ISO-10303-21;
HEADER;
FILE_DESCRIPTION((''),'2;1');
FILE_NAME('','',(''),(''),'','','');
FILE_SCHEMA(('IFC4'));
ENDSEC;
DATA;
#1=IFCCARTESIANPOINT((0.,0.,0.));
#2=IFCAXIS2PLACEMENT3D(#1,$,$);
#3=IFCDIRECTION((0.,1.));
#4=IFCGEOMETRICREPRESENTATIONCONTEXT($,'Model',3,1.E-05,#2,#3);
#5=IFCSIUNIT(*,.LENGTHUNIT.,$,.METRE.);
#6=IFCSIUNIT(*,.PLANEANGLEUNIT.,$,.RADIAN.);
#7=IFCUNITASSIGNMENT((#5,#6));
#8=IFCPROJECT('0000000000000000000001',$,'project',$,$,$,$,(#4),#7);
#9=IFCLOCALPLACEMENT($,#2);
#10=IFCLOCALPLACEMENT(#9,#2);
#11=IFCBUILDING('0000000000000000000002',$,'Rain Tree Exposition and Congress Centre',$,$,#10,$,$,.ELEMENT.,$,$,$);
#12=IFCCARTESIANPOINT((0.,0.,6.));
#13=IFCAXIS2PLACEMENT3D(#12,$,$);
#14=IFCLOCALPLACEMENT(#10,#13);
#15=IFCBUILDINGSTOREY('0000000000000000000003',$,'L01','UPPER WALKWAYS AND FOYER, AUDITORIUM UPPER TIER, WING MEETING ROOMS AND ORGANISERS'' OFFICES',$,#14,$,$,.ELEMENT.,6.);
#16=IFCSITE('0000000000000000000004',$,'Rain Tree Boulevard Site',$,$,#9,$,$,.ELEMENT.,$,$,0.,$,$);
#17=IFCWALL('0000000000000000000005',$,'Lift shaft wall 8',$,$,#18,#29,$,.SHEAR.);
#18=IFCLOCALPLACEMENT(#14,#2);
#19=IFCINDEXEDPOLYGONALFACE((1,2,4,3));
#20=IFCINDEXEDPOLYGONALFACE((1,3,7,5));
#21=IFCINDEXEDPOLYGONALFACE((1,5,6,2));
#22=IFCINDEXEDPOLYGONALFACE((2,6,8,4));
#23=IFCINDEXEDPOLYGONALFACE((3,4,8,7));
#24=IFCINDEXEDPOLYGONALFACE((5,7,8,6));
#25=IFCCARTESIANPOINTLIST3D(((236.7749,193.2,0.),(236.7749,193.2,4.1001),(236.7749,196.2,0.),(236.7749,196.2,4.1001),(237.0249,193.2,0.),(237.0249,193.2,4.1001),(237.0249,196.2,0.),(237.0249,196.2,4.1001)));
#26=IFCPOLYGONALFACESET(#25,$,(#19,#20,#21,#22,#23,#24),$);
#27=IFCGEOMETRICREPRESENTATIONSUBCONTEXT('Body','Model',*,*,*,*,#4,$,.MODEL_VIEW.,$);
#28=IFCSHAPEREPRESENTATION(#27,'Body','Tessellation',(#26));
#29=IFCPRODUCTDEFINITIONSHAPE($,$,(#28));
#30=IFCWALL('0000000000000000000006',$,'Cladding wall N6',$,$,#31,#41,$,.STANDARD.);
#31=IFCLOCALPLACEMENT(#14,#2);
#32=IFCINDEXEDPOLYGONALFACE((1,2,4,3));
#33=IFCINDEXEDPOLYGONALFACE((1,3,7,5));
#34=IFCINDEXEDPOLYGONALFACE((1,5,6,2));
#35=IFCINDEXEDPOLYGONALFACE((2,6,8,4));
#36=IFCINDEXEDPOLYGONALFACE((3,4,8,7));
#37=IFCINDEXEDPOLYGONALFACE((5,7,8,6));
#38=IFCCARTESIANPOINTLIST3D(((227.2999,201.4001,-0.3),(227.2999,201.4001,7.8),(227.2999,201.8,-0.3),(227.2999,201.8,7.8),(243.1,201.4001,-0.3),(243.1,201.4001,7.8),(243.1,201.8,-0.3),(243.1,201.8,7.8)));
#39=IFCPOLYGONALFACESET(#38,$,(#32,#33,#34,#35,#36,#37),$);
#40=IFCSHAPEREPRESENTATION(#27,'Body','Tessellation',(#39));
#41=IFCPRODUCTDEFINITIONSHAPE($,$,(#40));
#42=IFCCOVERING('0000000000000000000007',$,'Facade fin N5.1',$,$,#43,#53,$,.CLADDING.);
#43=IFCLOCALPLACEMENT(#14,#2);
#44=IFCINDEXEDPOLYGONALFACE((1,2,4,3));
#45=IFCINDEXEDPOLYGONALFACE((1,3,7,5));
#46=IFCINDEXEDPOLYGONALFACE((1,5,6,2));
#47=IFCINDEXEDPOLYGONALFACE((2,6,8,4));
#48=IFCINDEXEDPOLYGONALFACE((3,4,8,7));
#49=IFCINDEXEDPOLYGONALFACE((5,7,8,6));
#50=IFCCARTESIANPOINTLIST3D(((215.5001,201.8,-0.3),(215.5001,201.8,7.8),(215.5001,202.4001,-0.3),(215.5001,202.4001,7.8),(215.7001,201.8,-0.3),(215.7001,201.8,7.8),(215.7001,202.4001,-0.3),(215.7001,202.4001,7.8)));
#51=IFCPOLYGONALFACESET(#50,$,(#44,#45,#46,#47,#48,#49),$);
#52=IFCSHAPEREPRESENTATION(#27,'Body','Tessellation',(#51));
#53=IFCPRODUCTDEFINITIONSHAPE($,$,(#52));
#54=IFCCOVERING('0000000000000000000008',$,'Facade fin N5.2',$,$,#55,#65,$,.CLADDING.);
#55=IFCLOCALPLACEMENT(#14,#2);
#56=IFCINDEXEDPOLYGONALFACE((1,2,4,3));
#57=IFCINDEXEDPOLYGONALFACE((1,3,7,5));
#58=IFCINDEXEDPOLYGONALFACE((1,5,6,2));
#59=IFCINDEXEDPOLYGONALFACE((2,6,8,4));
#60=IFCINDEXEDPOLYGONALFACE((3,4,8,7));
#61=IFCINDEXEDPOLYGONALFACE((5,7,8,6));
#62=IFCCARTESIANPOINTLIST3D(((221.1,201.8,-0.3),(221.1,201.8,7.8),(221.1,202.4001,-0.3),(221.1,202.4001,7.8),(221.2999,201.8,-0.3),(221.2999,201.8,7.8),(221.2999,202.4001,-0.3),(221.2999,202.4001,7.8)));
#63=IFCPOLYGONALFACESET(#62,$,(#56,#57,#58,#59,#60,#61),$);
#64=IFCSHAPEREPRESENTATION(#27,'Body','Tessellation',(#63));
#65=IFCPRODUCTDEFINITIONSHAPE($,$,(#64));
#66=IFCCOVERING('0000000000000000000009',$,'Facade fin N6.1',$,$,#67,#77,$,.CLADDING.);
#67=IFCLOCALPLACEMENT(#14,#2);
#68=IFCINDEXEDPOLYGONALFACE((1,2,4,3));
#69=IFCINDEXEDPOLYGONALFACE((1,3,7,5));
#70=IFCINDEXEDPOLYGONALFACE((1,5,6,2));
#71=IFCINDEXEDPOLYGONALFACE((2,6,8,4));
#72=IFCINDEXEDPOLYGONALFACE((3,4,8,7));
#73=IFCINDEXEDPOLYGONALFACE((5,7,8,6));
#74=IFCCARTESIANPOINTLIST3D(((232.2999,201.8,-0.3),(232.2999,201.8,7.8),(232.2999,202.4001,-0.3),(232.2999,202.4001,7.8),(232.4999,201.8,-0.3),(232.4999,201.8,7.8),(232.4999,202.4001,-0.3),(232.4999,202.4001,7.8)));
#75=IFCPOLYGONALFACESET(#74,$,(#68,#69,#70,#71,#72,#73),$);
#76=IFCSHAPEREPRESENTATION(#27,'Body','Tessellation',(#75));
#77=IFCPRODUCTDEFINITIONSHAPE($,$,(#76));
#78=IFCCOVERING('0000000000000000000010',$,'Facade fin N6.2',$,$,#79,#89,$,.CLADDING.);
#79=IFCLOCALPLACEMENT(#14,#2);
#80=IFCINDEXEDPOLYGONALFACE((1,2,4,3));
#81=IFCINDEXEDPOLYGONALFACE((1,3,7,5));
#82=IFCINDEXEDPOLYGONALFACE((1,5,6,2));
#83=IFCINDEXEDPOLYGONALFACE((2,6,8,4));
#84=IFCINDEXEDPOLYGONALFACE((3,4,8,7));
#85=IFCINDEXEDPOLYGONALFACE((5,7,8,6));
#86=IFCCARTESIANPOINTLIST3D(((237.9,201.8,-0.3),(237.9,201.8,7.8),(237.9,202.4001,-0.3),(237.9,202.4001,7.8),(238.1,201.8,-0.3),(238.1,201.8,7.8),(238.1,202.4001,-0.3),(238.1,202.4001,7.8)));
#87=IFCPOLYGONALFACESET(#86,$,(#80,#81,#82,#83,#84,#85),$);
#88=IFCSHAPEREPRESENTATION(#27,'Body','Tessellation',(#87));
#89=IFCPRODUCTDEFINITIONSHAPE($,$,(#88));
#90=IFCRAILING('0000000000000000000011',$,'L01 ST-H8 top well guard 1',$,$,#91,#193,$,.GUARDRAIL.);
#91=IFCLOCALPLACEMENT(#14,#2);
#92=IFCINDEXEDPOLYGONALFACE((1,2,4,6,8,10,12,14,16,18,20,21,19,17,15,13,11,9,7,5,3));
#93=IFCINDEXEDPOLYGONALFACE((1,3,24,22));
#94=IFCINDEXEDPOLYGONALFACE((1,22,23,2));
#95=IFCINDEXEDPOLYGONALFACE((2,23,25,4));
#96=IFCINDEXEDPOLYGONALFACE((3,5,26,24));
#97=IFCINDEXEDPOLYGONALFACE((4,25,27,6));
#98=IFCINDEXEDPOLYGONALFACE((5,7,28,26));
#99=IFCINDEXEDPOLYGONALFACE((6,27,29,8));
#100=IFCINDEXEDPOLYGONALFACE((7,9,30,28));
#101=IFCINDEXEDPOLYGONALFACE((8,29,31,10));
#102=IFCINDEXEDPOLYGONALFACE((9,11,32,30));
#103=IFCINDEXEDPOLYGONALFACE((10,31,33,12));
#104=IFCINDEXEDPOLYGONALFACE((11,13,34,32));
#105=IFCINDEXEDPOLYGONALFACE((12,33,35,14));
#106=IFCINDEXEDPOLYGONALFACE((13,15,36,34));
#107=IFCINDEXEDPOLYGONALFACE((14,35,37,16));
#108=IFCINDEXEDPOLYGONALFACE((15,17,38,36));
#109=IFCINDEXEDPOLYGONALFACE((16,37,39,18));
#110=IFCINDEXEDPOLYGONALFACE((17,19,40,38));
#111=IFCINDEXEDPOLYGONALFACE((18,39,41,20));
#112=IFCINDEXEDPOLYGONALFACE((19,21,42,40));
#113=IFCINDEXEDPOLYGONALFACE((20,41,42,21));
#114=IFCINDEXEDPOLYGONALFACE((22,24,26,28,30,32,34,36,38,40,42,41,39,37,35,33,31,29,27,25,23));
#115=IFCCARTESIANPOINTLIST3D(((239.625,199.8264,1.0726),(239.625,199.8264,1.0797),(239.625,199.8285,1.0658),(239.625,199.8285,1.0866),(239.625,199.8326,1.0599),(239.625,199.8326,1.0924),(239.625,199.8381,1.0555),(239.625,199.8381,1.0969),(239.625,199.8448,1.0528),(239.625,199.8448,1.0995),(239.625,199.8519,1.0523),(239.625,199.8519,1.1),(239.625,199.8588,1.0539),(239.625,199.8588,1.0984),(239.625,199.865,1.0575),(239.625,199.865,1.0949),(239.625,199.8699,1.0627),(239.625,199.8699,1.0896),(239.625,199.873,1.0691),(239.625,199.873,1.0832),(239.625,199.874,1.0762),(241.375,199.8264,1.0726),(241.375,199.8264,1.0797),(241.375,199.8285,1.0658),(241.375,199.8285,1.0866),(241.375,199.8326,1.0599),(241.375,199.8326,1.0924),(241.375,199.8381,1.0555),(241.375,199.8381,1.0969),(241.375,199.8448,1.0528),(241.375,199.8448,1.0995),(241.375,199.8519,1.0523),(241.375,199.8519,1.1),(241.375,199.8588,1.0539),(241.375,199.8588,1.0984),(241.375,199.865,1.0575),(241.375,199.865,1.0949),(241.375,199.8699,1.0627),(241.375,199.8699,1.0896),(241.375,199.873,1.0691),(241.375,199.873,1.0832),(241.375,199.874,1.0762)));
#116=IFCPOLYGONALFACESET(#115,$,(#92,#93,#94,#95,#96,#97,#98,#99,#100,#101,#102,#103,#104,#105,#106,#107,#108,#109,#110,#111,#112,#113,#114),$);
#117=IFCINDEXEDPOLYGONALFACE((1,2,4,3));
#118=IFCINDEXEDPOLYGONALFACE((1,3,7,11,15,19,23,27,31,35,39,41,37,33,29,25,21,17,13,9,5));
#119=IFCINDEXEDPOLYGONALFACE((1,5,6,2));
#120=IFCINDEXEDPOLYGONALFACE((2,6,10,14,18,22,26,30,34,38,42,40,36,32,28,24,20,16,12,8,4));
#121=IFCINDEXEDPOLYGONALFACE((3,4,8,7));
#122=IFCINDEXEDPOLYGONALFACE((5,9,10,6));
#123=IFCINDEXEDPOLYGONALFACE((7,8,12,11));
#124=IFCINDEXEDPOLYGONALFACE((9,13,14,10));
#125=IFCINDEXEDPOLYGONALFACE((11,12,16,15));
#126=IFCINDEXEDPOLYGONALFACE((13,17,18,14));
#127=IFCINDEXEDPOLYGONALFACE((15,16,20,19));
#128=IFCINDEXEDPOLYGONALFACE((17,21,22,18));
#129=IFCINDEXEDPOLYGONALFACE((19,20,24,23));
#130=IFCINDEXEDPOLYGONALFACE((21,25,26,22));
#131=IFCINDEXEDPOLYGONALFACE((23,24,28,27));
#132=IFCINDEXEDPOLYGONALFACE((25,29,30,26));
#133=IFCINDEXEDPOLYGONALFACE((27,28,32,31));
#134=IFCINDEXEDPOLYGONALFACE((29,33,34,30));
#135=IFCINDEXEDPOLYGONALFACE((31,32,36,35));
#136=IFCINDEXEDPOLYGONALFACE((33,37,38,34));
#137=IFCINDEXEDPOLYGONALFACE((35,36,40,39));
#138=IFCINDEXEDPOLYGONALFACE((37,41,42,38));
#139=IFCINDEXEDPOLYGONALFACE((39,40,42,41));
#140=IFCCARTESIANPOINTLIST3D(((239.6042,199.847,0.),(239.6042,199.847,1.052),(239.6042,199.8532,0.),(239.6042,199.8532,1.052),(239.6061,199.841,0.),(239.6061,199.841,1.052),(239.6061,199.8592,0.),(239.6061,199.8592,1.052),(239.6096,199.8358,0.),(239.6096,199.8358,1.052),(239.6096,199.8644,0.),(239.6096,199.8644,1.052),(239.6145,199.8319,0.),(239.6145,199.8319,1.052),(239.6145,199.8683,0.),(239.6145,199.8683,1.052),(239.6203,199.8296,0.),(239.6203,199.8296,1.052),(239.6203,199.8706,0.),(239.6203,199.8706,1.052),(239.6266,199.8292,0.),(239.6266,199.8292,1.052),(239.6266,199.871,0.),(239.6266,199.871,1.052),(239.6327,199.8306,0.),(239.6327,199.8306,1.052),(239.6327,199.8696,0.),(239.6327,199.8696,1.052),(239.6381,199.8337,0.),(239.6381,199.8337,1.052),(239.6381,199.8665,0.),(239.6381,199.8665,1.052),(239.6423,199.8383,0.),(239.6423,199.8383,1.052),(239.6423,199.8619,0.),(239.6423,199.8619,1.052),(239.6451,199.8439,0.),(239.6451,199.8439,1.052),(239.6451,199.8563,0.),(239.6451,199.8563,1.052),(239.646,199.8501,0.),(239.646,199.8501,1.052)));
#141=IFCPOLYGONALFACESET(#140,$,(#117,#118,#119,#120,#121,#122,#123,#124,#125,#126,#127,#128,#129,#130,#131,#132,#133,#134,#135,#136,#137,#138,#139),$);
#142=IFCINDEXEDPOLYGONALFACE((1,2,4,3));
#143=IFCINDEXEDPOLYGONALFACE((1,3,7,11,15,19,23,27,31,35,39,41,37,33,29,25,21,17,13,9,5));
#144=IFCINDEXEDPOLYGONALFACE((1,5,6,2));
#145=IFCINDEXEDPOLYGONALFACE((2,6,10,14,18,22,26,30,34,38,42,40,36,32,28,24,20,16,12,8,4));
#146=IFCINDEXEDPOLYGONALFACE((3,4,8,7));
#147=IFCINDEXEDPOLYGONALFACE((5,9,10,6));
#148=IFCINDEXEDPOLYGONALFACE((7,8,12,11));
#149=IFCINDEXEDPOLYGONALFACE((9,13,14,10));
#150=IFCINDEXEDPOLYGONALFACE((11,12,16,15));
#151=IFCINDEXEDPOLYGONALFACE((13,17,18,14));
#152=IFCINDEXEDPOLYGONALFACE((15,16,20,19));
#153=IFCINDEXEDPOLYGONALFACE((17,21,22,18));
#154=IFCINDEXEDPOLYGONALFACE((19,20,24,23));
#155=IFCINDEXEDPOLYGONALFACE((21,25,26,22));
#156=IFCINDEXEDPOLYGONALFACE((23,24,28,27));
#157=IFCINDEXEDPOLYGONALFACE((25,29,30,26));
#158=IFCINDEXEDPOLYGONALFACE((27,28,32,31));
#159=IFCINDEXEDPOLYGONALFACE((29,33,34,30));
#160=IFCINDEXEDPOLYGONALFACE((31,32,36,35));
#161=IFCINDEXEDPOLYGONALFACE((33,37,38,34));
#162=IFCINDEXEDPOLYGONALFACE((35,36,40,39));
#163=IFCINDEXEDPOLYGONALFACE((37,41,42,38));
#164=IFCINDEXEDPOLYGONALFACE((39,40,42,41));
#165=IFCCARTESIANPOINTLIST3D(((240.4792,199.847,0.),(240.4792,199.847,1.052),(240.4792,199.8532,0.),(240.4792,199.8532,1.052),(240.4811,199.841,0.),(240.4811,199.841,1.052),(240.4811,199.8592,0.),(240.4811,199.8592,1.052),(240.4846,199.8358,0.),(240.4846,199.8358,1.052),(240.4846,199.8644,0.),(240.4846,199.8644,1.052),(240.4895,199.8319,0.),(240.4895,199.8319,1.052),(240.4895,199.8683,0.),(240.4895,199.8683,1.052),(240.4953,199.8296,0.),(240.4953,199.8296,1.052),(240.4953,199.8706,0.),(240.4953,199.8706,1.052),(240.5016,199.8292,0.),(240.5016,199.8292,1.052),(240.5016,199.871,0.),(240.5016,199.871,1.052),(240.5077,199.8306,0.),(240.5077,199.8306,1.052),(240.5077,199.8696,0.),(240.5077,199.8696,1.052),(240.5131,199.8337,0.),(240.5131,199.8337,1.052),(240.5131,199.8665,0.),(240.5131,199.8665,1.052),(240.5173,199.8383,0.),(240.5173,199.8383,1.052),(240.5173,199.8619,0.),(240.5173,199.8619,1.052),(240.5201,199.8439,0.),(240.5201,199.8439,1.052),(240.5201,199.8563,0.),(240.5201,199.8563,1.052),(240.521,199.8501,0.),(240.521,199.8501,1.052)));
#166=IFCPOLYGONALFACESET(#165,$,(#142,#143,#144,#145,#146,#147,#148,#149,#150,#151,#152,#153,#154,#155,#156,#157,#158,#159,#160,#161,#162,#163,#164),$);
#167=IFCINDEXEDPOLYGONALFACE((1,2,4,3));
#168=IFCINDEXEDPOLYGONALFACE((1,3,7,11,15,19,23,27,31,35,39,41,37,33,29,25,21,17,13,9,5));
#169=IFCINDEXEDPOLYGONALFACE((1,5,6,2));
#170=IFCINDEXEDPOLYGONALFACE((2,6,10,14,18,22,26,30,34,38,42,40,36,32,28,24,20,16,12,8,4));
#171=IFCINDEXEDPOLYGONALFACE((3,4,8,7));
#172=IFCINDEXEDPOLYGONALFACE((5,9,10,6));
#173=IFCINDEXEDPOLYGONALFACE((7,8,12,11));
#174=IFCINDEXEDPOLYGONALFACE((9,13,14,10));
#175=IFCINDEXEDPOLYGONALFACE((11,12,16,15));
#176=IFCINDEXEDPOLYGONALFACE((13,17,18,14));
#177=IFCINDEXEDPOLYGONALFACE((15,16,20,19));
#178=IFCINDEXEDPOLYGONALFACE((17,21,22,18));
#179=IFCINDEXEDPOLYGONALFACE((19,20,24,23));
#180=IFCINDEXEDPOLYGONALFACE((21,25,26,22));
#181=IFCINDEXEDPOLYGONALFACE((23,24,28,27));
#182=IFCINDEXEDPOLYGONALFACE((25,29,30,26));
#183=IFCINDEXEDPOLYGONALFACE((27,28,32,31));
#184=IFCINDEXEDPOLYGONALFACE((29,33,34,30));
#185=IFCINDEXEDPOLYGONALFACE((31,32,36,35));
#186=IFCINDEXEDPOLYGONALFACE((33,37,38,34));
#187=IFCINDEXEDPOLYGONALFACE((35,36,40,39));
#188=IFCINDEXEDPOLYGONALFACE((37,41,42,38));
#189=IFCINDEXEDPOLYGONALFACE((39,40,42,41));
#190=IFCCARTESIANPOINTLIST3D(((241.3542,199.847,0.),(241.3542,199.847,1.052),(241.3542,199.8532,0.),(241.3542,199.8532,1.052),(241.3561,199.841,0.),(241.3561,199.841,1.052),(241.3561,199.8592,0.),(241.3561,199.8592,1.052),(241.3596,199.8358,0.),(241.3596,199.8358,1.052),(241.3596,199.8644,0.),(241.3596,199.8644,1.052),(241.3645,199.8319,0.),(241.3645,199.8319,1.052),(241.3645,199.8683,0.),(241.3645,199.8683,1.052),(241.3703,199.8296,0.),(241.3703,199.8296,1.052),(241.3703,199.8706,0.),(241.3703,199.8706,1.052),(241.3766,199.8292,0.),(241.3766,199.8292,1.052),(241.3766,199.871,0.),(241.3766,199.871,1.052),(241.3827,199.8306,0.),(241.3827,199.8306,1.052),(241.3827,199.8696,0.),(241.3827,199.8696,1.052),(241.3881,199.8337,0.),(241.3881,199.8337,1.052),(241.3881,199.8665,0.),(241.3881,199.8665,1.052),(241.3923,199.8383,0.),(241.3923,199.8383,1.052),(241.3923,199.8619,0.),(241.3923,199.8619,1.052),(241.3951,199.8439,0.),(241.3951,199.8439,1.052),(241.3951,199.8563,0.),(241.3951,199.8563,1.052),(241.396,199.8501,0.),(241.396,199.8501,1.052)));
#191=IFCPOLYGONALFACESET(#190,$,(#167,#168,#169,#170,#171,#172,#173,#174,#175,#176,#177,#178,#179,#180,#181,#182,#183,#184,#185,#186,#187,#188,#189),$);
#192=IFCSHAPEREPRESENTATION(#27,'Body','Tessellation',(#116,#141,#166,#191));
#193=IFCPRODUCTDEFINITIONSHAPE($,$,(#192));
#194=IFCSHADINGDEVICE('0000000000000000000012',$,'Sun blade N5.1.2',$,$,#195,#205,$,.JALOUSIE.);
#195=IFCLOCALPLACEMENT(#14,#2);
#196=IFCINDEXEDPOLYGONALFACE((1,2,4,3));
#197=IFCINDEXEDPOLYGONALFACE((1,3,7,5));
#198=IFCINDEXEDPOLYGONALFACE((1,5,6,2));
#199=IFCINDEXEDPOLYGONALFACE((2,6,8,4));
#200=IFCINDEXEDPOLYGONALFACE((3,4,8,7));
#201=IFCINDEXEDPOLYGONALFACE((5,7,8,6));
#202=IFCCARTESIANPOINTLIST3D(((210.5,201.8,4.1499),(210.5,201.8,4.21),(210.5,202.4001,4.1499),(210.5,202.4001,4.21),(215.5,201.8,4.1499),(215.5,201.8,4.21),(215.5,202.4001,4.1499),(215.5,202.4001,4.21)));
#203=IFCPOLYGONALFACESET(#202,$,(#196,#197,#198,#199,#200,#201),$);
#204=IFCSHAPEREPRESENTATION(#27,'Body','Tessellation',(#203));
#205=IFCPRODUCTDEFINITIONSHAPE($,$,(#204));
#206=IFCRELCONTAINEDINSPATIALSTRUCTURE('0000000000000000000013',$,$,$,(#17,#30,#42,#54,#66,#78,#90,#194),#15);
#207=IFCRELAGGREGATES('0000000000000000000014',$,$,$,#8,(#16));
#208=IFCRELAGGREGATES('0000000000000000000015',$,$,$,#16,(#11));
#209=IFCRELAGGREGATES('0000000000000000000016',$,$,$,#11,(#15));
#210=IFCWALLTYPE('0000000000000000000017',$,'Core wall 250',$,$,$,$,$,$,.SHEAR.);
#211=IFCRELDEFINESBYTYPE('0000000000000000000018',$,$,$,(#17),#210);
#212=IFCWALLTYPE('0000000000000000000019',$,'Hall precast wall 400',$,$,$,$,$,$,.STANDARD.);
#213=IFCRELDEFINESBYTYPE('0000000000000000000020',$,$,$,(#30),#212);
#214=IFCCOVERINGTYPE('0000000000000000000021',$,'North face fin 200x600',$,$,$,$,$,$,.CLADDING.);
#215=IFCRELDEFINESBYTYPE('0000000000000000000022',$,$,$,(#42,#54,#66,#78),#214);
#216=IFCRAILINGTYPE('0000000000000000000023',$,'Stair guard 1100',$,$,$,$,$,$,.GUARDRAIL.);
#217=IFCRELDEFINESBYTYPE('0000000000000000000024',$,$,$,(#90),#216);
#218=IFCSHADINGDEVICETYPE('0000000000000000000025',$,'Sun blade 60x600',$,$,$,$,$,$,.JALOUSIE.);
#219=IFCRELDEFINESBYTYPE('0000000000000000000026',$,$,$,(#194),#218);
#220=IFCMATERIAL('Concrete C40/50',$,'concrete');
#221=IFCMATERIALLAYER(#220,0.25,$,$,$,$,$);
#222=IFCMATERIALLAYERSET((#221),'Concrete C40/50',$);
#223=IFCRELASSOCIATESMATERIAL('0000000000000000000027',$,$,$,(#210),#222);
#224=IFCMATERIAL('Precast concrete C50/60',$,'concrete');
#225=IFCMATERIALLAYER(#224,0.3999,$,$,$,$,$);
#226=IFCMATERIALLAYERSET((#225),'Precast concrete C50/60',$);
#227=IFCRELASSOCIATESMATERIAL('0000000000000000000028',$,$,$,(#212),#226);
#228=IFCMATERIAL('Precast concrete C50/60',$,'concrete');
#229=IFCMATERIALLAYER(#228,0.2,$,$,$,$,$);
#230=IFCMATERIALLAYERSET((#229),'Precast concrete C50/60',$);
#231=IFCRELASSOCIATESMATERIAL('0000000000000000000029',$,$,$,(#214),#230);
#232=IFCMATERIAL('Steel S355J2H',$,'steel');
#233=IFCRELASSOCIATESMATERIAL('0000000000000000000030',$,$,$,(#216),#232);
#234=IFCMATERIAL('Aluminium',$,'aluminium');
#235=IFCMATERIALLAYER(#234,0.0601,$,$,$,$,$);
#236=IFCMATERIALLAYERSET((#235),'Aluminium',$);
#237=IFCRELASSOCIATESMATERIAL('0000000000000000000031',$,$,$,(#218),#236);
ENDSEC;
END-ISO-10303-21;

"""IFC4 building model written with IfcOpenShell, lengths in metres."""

from ifc_helpers import new_model, si_unit, direction, frame, frame_2d, origin, origin_2d, place, context, subcontext, project, spatial, rectangle, circle, extrude, material, layer, layer_set, type_object, element, save


model = new_model("IFC4")

# Units and contexts
model_context = context("Model", 3, precision=1e-05, world=origin(), true_north=direction((0.0, 1.0)))
body_context = subcontext(model_context, "Body", "Model", "MODEL_VIEW")
ifc_project = project(units=[si_unit("LENGTHUNIT", "METRE"), si_unit("PLANEANGLEUNIT", "RADIAN")], contexts=[model_context])

# Site, building, storey
site_placement = place(None, origin())
site = spatial("IfcSite", under=ifc_project, at=site_placement, Name="Rain Tree Boulevard Site", CompositionType="ELEMENT", RefElevation=0.0)
building_placement = place(site_placement, origin())
building = spatial("IfcBuilding", under=site, at=building_placement, Name="Rain Tree Exposition and Congress Centre", CompositionType="ELEMENT")
storey_placement = place(building_placement, frame((0.0, 0.0, 6.0)))
storey = spatial("IfcBuildingStorey", under=building, at=storey_placement, Name="L01", Description="UPPER WALKWAYS AND FOYER, AUDITORIUM UPPER TIER, WING MEETING ROOMS AND ORGANISERS' OFFICES", CompositionType="ELEMENT", Elevation=6.0)

# Shared definitions
ifc_material_1 = material(Name="Concrete C40/50", Category="concrete")
ifc_layer_1 = layer(ifc_material_1, 0.25)
ifc_layer_set_1 = layer_set([ifc_layer_1], Name="Concrete C40/50")
wall_type_1 = type_object("IfcWallType", Name="Core wall 250", PredefinedType="SHEAR", material=ifc_layer_set_1)

# Walls
wall_1_placement = place(storey_placement, frame((236.8999, 196.2, 0.0), z_axis=(0.0, 0.0, 1.0), x_axis=(0.0, -1.0, 0.0)))
element("IfcWall", 1, at=wall_1_placement, inside=storey, type_object=wall_type_1, Name="Lift shaft wall 8", PredefinedType="SHEAR", context=body_context, shape_type="SweptSolid", body=[
    extrude(rectangle(XDim=3.0, YDim=0.25, at=frame_2d((1.5, 0.0))), origin(), (0.0, 0.0, 1.0), 4.1001),
])
ifc_material_2 = material(Name="Precast concrete C50/60", Category="concrete")
ifc_layer_2 = layer(ifc_material_2, 0.3999)
ifc_layer_set_2 = layer_set([ifc_layer_2], Name="Precast concrete C50/60")
wall_type_2 = type_object("IfcWallType", Name="Hall precast wall 400", PredefinedType="STANDARD", material=ifc_layer_set_2)
wall_2_placement = place(storey_placement, frame((227.3, 201.6001, -0.3), z_axis=(0.0, 0.0, 1.0), x_axis=(1.0, 0.0, 0.0)))
element("IfcWall", 2, at=wall_2_placement, inside=storey, type_object=wall_type_2, Name="Cladding wall N6", PredefinedType="STANDARD", context=body_context, shape_type="SweptSolid", body=[
    extrude(rectangle(XDim=15.8, YDim=0.3999, at=frame_2d((7.8999, 0.0))), origin(), (0.0, 0.0, 1.0), 8.1001),
])

# Coverings
ifc_material_3 = material(Name="Precast concrete C50/60", Category="concrete")
ifc_layer_3 = layer(ifc_material_3, 0.2)
ifc_layer_set_3 = layer_set([ifc_layer_3], Name="Precast concrete C50/60")
covering_type = type_object("IfcCoveringType", Name="North face fin 200x600", PredefinedType="CLADDING", material=ifc_layer_set_3)
for number, where, z_axis, x_axis, name in (
    (3, (215.6001, 202.1001, -0.3), (0.0, 0.0, 1.0), (1.0, 0.0, 0.0), "Facade fin N5.1"),
    (4, (221.2, 202.1001, -0.3), (0.0, 0.0, 1.0), (1.0, 0.0, 0.0), "Facade fin N5.2"),
    (5, (232.3999, 202.1001, -0.3), (0.0, 0.0, 1.0), (1.0, 0.0, 0.0), "Facade fin N6.1"),
    (6, (238.0, 202.1001, -0.3), (0.0, 0.0, 1.0), (1.0, 0.0, 0.0), "Facade fin N6.2"),
):
    element("IfcCovering", number, at=place(storey_placement, frame(where, z_axis=z_axis, x_axis=x_axis)), inside=storey, type_object=covering_type, Name=name, PredefinedType="CLADDING", context=body_context, shape_type="SweptSolid", body=[
        extrude(rectangle(XDim=0.2, YDim=0.6001, at=origin_2d()), origin(), (0.0, 0.0, 1.0), 8.1001),
    ])

# Railing
ifc_material_4 = material(Name="Steel S355J2H", Category="steel")
railing_type = type_object("IfcRailingType", Name="Stair guard 1100", PredefinedType="GUARDRAIL", material=ifc_material_4)
railing_placement = place(storey_placement, frame((239.625, 199.8501, 0.0)))
element("IfcRailing", 7, at=railing_placement, inside=storey, type_object=railing_type, Name="L01 ST-H8 top well guard 1", PredefinedType="GUARDRAIL", context=body_context, shape_type="SweptSolid", body=[
    extrude(circle(Radius=0.0239, at=origin_2d()), frame((0.0, 0.0, 1.0762), z_axis=(1.0, 0.0, 0.0), x_axis=(0.0, 1.0, 0.0)), (0.0, 0.0, 1.0), 1.75),
    extrude(circle(Radius=0.021, at=origin_2d()), origin(), (0.0, 0.0, 1.0), 1.052),
    extrude(circle(Radius=0.021, at=origin_2d()), frame((0.875, 0.0, 0.0)), (0.0, 0.0, 1.0), 1.052),
    extrude(circle(Radius=0.021, at=origin_2d()), frame((1.75, 0.0, 0.0)), (0.0, 0.0, 1.0), 1.052),
])

# Shading device
ifc_material_5 = material(Name="Aluminium", Category="aluminium")
ifc_layer_4 = layer(ifc_material_5, 0.0601)
ifc_layer_set_4 = layer_set([ifc_layer_4], Name="Aluminium")
shading_device_type = type_object("IfcShadingDeviceType", Name="Sun blade 60x600", PredefinedType="JALOUSIE", material=ifc_layer_set_4)
shading_device_placement = place(storey_placement, frame((213.0, 202.1001, 4.1499), z_axis=(0.0, 0.0, 1.0), x_axis=(1.0, 0.0, 0.0)))
element("IfcShadingDevice", 8, at=shading_device_placement, inside=storey, type_object=shading_device_type, Name="Sun blade N5.1.2", PredefinedType="JALOUSIE", context=body_context, shape_type="SweptSolid", body=[
    extrude(rectangle(XDim=5.0, YDim=0.6001, at=origin_2d()), origin(), (0.0, 0.0, 1.0), 0.0601),
])

save(model, "model.ifc")
